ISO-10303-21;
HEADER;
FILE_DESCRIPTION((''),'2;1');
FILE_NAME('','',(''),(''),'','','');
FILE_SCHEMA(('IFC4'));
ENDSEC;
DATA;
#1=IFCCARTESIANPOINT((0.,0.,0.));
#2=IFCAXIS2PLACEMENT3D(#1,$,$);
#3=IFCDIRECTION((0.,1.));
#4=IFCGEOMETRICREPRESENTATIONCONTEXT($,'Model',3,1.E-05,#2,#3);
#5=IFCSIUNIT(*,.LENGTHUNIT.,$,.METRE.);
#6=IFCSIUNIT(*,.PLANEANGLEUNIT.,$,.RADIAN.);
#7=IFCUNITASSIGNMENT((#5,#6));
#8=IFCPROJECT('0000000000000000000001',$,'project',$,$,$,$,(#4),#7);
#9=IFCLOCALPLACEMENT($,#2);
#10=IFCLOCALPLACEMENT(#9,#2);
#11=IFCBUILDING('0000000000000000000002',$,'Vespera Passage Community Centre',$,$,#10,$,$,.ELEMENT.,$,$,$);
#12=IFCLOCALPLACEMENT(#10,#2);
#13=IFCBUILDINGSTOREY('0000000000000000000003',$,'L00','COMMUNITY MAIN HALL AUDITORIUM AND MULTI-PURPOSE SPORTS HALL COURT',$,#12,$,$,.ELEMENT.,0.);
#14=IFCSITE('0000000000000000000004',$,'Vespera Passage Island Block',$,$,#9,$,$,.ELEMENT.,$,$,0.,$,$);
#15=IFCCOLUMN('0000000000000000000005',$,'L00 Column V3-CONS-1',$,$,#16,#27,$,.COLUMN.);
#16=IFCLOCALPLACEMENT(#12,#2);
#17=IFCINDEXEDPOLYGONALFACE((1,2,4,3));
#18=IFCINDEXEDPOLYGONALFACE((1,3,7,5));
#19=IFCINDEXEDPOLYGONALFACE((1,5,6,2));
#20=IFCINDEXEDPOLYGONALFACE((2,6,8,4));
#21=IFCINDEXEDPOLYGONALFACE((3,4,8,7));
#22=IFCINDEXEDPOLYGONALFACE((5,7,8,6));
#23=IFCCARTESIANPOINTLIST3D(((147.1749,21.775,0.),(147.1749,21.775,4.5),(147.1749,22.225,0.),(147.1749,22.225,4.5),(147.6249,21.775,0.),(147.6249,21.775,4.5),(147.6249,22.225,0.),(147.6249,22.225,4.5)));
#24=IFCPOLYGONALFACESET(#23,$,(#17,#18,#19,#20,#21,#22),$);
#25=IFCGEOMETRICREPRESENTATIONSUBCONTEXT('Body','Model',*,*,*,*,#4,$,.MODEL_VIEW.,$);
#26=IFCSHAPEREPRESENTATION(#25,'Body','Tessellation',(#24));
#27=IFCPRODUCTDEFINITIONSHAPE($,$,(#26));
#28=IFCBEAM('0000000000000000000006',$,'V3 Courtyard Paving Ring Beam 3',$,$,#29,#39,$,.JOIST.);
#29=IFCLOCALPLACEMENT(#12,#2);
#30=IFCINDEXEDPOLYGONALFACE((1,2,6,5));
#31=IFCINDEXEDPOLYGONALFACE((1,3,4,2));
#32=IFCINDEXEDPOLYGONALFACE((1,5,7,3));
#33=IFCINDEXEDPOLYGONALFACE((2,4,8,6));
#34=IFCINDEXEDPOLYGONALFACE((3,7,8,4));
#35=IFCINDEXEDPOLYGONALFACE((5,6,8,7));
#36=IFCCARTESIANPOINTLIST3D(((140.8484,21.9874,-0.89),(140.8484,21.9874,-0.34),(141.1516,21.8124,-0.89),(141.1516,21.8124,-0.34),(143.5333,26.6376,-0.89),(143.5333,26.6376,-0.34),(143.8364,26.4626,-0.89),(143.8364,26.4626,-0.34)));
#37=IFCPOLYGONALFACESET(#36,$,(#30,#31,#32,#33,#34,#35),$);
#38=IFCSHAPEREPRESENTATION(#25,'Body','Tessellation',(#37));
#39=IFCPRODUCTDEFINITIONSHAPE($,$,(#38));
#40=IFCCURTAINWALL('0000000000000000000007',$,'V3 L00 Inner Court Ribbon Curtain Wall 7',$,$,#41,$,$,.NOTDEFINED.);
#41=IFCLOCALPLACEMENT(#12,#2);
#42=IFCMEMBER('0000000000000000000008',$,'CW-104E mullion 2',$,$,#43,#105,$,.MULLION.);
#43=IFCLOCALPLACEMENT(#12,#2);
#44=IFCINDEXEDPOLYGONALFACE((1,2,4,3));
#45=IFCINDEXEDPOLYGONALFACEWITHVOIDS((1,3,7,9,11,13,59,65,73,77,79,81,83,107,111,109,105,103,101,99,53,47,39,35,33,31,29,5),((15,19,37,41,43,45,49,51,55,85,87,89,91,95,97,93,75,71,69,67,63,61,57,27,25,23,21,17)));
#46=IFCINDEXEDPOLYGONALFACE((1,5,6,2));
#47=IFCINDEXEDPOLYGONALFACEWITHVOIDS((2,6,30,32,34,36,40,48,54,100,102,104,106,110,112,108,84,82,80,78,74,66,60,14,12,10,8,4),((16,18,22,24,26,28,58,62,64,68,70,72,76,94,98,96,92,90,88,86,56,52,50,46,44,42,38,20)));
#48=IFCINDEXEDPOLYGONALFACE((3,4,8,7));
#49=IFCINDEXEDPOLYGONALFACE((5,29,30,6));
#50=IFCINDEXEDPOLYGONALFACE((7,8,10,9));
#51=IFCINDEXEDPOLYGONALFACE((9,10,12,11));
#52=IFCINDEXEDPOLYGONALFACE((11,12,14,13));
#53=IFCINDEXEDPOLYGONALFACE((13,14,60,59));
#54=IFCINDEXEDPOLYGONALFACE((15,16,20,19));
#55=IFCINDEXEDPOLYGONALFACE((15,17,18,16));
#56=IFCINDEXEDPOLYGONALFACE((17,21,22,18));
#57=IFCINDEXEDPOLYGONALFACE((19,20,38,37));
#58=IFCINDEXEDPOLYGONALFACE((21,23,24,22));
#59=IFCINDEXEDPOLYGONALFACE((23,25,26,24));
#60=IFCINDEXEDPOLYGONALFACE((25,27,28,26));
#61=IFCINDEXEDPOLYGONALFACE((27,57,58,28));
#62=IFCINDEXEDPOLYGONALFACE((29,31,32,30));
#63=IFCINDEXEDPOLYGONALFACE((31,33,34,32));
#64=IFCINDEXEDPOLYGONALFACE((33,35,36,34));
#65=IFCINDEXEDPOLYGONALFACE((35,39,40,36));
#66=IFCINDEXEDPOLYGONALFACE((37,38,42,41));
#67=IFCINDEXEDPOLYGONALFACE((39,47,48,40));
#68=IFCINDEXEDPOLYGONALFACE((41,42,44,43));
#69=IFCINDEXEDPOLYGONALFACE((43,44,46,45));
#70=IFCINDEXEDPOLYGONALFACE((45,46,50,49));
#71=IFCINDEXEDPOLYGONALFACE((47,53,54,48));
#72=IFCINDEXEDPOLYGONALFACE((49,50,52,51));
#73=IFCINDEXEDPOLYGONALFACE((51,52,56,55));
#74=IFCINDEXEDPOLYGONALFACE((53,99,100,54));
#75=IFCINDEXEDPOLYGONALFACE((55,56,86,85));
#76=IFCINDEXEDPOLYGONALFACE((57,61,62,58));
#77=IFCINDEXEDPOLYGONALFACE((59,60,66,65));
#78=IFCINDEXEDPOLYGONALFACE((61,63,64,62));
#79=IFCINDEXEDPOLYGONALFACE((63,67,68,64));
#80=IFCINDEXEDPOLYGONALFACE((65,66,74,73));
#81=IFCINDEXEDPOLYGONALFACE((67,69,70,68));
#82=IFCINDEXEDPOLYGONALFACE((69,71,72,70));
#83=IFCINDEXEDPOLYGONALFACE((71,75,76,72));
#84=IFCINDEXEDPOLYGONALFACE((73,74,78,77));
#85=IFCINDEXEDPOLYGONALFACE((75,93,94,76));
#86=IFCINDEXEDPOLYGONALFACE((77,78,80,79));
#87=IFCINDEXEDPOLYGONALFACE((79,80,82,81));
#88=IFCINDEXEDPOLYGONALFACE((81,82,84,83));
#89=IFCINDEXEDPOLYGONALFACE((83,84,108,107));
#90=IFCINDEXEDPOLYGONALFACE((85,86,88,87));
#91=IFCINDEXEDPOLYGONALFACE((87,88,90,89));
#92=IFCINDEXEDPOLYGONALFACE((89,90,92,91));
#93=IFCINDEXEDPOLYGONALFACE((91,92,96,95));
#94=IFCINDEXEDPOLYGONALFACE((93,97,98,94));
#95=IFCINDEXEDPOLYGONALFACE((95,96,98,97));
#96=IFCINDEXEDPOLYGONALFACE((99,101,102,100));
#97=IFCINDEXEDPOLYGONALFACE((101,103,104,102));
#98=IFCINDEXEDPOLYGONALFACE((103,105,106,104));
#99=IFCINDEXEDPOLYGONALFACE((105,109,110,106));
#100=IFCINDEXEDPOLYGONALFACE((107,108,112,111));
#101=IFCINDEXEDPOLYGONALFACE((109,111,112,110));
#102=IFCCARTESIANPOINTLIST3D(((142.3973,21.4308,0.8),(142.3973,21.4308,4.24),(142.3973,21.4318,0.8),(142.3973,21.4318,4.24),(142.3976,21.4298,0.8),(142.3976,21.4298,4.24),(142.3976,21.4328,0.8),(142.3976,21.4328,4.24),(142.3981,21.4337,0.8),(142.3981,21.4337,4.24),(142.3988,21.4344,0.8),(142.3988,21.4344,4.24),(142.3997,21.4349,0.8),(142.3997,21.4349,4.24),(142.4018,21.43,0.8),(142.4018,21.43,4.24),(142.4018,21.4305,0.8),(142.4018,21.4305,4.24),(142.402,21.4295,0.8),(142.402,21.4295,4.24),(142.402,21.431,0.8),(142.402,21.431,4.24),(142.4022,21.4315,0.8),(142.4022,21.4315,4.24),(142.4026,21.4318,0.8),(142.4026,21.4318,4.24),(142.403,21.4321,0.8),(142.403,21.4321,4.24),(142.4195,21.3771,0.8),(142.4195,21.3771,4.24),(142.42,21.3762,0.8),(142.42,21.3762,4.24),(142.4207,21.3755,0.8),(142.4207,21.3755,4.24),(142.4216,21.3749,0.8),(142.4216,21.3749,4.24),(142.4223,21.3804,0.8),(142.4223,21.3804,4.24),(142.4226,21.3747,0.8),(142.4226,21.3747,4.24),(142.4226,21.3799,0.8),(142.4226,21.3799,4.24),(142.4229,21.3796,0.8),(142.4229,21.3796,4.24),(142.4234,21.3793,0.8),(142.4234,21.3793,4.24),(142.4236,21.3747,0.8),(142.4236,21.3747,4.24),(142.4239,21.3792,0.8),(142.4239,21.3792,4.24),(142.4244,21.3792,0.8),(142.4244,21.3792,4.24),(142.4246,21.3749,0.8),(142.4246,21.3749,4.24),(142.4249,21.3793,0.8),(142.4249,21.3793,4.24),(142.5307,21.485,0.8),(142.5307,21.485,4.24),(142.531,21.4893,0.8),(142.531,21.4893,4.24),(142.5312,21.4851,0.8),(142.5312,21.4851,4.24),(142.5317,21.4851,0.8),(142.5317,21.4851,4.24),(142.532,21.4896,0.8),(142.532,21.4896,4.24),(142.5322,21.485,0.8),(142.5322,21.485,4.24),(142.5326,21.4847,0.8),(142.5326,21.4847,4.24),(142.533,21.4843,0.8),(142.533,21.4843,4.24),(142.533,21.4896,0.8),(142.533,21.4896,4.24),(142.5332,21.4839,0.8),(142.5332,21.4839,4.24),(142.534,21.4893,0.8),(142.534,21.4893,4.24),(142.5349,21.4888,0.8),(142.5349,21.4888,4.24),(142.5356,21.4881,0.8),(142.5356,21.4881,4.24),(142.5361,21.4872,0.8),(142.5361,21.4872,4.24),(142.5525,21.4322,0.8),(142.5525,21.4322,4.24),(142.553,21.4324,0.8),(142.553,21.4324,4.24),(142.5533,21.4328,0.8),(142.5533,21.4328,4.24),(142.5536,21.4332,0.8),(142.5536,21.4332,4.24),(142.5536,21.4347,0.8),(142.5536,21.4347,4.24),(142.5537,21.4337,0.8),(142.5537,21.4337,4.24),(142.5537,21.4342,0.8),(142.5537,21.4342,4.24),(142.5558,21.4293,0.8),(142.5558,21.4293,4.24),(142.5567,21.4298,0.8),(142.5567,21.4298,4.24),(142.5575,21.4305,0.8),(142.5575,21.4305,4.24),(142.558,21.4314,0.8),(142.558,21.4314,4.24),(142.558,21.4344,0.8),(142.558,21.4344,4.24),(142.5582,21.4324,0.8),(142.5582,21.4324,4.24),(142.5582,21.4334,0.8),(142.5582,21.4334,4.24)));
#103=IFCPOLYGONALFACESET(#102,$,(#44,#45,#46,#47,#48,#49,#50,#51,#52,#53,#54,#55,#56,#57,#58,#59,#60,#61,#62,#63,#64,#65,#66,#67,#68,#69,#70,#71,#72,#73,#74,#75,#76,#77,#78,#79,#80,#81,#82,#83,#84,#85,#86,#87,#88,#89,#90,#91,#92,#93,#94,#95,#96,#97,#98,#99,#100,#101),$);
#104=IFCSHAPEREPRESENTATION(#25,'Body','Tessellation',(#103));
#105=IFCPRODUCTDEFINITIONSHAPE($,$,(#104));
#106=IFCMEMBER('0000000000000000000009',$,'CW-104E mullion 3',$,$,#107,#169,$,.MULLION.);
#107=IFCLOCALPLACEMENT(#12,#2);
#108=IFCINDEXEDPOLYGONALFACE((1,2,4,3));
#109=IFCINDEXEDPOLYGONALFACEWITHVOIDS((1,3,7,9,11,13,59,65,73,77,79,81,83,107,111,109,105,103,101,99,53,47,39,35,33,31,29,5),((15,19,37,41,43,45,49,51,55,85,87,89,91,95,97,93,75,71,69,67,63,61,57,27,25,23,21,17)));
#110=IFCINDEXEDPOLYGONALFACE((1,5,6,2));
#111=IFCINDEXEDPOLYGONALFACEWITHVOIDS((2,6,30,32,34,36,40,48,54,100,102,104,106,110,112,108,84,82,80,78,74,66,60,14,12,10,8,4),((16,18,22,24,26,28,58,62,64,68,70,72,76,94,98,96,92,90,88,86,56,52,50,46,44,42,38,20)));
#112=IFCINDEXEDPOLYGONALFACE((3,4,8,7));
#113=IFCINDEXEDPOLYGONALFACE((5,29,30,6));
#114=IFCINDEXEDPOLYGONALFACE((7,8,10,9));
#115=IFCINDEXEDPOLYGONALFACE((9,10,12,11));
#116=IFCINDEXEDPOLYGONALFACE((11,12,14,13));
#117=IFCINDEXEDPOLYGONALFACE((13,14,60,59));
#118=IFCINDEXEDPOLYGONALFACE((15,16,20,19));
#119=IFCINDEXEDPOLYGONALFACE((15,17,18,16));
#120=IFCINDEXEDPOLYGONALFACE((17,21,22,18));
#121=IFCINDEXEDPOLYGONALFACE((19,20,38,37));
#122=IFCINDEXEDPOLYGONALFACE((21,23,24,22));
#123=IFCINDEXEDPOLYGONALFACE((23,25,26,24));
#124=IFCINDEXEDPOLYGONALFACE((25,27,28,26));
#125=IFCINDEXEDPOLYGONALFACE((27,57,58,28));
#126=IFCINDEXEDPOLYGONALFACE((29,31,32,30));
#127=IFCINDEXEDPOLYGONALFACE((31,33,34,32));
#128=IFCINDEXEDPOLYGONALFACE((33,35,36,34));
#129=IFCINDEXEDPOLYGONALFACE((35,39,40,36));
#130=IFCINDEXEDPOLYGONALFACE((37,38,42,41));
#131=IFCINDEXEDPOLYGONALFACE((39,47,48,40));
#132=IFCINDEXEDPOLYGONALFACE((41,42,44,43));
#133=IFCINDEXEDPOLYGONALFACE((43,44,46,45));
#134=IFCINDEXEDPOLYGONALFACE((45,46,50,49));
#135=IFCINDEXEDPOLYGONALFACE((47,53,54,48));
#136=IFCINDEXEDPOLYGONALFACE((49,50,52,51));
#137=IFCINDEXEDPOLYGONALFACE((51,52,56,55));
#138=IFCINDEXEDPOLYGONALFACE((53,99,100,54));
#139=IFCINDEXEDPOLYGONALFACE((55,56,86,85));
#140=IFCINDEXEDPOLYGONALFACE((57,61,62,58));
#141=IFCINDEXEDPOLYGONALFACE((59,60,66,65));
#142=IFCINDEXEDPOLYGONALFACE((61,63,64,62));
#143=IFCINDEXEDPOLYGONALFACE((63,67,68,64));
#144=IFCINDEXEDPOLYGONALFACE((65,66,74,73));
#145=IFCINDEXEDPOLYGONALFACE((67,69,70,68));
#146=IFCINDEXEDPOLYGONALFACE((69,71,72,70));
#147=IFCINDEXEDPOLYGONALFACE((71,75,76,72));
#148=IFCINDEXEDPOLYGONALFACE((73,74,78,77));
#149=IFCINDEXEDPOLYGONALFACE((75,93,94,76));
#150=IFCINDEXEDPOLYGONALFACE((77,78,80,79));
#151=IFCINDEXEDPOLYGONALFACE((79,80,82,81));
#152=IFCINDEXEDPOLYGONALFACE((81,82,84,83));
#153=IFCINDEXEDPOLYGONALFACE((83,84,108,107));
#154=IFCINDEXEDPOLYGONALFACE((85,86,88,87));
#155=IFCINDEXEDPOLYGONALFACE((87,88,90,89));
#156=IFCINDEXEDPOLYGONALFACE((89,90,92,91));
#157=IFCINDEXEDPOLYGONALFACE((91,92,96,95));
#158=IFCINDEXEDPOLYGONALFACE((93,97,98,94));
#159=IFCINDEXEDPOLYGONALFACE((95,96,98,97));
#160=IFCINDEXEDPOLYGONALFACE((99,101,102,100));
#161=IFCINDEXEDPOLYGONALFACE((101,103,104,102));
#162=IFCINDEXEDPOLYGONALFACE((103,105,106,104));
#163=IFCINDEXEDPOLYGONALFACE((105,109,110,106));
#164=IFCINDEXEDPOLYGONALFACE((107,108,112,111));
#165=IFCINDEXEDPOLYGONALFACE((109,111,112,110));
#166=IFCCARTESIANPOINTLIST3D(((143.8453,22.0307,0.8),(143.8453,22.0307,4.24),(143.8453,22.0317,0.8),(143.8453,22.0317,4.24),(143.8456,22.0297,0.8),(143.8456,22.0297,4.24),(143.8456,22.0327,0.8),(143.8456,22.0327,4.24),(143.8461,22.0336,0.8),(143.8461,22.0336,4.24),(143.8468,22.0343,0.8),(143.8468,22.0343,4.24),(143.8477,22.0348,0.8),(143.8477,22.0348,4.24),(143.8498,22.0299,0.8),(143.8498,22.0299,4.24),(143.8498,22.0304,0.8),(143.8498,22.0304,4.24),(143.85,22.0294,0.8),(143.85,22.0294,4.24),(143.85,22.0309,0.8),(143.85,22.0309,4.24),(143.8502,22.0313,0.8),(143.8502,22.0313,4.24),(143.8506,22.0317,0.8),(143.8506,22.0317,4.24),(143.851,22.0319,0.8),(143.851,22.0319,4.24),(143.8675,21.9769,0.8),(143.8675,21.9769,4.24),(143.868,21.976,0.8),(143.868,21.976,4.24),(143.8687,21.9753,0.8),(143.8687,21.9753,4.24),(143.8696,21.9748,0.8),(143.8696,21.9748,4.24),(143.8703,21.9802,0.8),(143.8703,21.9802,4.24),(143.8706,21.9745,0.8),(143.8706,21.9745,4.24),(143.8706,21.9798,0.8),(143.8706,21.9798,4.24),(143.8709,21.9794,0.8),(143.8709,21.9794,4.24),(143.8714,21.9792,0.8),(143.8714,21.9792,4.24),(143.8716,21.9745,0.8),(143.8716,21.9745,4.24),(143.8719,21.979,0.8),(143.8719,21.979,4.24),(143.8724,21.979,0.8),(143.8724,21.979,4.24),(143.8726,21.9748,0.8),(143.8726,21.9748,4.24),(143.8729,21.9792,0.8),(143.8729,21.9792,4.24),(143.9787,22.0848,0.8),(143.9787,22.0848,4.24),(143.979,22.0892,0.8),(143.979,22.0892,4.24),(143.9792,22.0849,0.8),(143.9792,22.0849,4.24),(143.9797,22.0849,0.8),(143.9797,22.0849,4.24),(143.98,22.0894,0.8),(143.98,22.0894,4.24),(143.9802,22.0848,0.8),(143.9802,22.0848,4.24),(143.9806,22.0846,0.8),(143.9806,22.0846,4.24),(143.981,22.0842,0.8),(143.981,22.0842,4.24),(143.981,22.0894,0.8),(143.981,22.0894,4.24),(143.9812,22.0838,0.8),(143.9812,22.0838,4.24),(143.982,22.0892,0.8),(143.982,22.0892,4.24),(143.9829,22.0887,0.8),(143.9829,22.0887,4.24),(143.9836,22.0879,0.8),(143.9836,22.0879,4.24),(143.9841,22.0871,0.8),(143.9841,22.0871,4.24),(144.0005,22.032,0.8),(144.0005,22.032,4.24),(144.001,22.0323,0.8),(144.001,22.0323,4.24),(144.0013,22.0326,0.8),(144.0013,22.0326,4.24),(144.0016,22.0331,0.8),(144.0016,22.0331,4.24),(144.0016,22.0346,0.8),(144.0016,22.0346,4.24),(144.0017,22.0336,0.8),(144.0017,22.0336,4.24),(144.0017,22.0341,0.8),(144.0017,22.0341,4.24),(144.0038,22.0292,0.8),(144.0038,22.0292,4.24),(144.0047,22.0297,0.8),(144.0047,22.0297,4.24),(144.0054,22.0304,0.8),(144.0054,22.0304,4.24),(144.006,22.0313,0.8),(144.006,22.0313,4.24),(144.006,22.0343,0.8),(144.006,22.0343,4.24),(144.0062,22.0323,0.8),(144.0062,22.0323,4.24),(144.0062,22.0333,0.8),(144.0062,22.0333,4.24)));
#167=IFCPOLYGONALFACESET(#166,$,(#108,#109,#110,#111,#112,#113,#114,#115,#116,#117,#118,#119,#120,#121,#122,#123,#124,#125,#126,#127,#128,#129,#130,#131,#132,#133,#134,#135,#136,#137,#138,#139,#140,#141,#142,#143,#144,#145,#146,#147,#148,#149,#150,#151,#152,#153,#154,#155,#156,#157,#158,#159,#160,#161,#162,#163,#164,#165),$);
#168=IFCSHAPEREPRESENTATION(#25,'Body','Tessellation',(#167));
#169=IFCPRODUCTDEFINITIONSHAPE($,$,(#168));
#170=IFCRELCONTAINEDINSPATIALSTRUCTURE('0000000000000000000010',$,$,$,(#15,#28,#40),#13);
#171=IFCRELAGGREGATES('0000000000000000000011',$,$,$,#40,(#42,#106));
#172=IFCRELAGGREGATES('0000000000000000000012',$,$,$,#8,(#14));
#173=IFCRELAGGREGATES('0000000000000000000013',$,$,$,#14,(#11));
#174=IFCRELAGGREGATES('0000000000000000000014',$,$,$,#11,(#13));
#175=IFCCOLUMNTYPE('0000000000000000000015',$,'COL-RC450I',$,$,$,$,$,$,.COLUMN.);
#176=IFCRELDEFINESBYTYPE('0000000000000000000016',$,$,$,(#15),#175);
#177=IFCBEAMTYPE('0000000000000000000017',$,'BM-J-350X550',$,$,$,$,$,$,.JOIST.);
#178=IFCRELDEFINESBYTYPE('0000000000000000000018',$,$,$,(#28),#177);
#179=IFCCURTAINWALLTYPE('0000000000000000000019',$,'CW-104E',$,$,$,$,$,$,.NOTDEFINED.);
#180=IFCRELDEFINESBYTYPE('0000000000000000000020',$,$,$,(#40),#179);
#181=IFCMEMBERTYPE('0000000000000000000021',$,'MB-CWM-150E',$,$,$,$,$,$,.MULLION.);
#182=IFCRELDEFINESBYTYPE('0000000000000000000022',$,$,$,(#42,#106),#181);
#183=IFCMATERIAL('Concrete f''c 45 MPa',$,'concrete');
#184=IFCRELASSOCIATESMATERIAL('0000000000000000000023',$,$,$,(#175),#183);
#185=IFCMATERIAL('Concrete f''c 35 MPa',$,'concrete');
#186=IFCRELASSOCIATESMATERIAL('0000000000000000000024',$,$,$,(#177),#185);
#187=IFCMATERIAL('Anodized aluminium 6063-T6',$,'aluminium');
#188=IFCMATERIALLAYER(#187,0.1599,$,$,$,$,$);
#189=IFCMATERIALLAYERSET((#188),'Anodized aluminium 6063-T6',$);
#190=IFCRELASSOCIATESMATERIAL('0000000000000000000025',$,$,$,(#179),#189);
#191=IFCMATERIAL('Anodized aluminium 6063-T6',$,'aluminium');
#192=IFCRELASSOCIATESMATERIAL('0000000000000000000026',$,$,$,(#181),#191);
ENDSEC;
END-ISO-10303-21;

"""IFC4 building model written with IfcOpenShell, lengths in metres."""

from ifc_helpers import new_model, si_unit, direction, frame, origin, origin_2d, place, context, subcontext, project, spatial, rectangle, hollow_rectangle, extrude, material, layer, layer_set, material_profile, profile_set, type_object, element, aggregate, save


model = new_model("IFC4")

# Units and contexts
model_context = context("Model", 3, precision=1e-05, world=origin(), true_north=direction((0.0, 1.0)))
body_context = subcontext(model_context, "Body", "Model", "MODEL_VIEW")
ifc_project = project(units=[si_unit("LENGTHUNIT", "METRE"), si_unit("PLANEANGLEUNIT", "RADIAN")], contexts=[model_context])

# Site, building, storey
site_placement = place(None, origin())
site = spatial("IfcSite", under=ifc_project, at=site_placement, Name="Vespera Passage Island Block", CompositionType="ELEMENT", RefElevation=0.0)
building_placement = place(site_placement, origin())
building = spatial("IfcBuilding", under=site, at=building_placement, Name="Vespera Passage Community Centre", CompositionType="ELEMENT")
storey_placement = place(building_placement, origin())
storey = spatial("IfcBuildingStorey", under=building, at=storey_placement, Name="L00", Description="COMMUNITY MAIN HALL AUDITORIUM AND MULTI-PURPOSE SPORTS HALL COURT", CompositionType="ELEMENT", Elevation=0.0)

# Column
ifc_material_1 = material(Name="Concrete f'c 45 MPa", Category="concrete")
ifc_material_profile_1 = material_profile(ifc_material_1, rectangle(XDim=0.45, YDim=0.45, at=origin_2d()), Name="RC450X450")
ifc_profile_set_1 = profile_set([ifc_material_profile_1], Name="Concrete f'c 45 MPa")
column_type = type_object("IfcColumnType", Name="COL-RC450I", PredefinedType="COLUMN", material=ifc_profile_set_1)
column_placement = place(storey_placement, frame((147.3999, 22.0, 0.0), z_axis=(0.0, 0.0, 1.0), x_axis=(1.0, 0.0, 0.0)))
element("IfcColumn", 1, at=column_placement, inside=storey, type_object=column_type, Name="L00 Column V3-CONS-1", PredefinedType="COLUMN", context=body_context, shape_type="SweptSolid", body=[
    extrude(rectangle(XDim=0.45, YDim=0.45, at=origin_2d()), origin(), (0.0, 0.0, 1.0), 4.5),
])

# Beam
ifc_material_2 = material(Name="Concrete f'c 35 MPa", Category="concrete")
ifc_material_profile_2 = material_profile(ifc_material_2, rectangle(XDim=0.3501, YDim=0.55, at=origin_2d()), Name="RC350X550")
ifc_profile_set_2 = profile_set([ifc_material_profile_2], Name="Concrete f'c 35 MPa")
beam_type = type_object("IfcBeamType", Name="BM-J-350X550", PredefinedType="JOIST", material=ifc_profile_set_2)
beam_placement = place(storey_placement, frame((141.0, 21.8999, -0.615), z_axis=(0.500007, 0.866021, 0.0), x_axis=(-0.866021, 0.500007, 0.0)))
element("IfcBeam", 2, at=beam_placement, inside=storey, type_object=beam_type, Name="V3 Courtyard Paving Ring Beam 3", PredefinedType="JOIST", context=body_context, shape_type="SweptSolid", body=[
    extrude(rectangle(XDim=0.3501, YDim=0.55, at=origin_2d()), origin(), (0.0, 0.0, 1.0), 5.3696),
])

# Curtain wall, members
ifc_material_3 = material(Name="Anodized aluminium 6063-T6", Category="aluminium")
ifc_layer_1 = layer(ifc_material_3, 0.1599)
ifc_layer_set_1 = layer_set([ifc_layer_1], Name="Anodized aluminium 6063-T6")
curtain_wall_type = type_object("IfcCurtainWallType", Name="CW-104E", PredefinedType="NOTDEFINED", material=ifc_layer_set_1)
curtain_wall_1_placement = place(storey_placement, origin())
curtain_wall_1 = element("IfcCurtainWall", 3, at=curtain_wall_1_placement, inside=storey, type_object=curtain_wall_type, Name="V3 L00 Inner Court Ribbon Curtain Wall 7", PredefinedType="NOTDEFINED")
ifc_material_4 = material(Name="Anodized aluminium 6063-T6", Category="aluminium")
ifc_material_profile_3 = material_profile(ifc_material_4, hollow_rectangle(XDim=0.0649, YDim=0.1499, WallThickness=0.0039, InnerFilletRadius=0.002, OuterFilletRadius=0.0039, at=origin_2d()), Name="ALU150X65X4")
ifc_profile_set_3 = profile_set([ifc_material_profile_3], Name="Anodized aluminium 6063-T6")
member_type_1 = type_object("IfcMemberType", Name="MB-CWM-150E", PredefinedType="MULLION", material=ifc_profile_set_3)
member_1_placement = place(storey_placement, frame((142.4778, 21.4321, 0.8), z_axis=(0.0, 0.0, 1.0), x_axis=(-0.382686, 0.923879, 0.0)))
member_1 = element("IfcMember", 4, at=member_1_placement, type_object=member_type_1, Name="CW-104E mullion 2", PredefinedType="MULLION", context=body_context, shape_type="SweptSolid", body=[
    extrude(hollow_rectangle(XDim=0.0649, YDim=0.1499, WallThickness=0.0039, InnerFilletRadius=0.002, OuterFilletRadius=0.0039, at=origin_2d()), origin(), (0.0, 0.0, 1.0), 3.4399),
])
member_2_placement = place(storey_placement, frame((143.9258, 22.032, 0.8), z_axis=(0.0, 0.0, 1.0), x_axis=(-0.382686, 0.923879, 0.0)))
member_2 = element("IfcMember", 5, at=member_2_placement, type_object=member_type_1, Name="CW-104E mullion 3", PredefinedType="MULLION", context=body_context, shape_type="SweptSolid", body=[
    extrude(hollow_rectangle(XDim=0.0649, YDim=0.1499, WallThickness=0.0039, InnerFilletRadius=0.002, OuterFilletRadius=0.0039, at=origin_2d()), origin(), (0.0, 0.0, 1.0), 3.4399),
])

aggregate(curtain_wall_1, [member_1, member_2])

save(model, "model.ifc")
